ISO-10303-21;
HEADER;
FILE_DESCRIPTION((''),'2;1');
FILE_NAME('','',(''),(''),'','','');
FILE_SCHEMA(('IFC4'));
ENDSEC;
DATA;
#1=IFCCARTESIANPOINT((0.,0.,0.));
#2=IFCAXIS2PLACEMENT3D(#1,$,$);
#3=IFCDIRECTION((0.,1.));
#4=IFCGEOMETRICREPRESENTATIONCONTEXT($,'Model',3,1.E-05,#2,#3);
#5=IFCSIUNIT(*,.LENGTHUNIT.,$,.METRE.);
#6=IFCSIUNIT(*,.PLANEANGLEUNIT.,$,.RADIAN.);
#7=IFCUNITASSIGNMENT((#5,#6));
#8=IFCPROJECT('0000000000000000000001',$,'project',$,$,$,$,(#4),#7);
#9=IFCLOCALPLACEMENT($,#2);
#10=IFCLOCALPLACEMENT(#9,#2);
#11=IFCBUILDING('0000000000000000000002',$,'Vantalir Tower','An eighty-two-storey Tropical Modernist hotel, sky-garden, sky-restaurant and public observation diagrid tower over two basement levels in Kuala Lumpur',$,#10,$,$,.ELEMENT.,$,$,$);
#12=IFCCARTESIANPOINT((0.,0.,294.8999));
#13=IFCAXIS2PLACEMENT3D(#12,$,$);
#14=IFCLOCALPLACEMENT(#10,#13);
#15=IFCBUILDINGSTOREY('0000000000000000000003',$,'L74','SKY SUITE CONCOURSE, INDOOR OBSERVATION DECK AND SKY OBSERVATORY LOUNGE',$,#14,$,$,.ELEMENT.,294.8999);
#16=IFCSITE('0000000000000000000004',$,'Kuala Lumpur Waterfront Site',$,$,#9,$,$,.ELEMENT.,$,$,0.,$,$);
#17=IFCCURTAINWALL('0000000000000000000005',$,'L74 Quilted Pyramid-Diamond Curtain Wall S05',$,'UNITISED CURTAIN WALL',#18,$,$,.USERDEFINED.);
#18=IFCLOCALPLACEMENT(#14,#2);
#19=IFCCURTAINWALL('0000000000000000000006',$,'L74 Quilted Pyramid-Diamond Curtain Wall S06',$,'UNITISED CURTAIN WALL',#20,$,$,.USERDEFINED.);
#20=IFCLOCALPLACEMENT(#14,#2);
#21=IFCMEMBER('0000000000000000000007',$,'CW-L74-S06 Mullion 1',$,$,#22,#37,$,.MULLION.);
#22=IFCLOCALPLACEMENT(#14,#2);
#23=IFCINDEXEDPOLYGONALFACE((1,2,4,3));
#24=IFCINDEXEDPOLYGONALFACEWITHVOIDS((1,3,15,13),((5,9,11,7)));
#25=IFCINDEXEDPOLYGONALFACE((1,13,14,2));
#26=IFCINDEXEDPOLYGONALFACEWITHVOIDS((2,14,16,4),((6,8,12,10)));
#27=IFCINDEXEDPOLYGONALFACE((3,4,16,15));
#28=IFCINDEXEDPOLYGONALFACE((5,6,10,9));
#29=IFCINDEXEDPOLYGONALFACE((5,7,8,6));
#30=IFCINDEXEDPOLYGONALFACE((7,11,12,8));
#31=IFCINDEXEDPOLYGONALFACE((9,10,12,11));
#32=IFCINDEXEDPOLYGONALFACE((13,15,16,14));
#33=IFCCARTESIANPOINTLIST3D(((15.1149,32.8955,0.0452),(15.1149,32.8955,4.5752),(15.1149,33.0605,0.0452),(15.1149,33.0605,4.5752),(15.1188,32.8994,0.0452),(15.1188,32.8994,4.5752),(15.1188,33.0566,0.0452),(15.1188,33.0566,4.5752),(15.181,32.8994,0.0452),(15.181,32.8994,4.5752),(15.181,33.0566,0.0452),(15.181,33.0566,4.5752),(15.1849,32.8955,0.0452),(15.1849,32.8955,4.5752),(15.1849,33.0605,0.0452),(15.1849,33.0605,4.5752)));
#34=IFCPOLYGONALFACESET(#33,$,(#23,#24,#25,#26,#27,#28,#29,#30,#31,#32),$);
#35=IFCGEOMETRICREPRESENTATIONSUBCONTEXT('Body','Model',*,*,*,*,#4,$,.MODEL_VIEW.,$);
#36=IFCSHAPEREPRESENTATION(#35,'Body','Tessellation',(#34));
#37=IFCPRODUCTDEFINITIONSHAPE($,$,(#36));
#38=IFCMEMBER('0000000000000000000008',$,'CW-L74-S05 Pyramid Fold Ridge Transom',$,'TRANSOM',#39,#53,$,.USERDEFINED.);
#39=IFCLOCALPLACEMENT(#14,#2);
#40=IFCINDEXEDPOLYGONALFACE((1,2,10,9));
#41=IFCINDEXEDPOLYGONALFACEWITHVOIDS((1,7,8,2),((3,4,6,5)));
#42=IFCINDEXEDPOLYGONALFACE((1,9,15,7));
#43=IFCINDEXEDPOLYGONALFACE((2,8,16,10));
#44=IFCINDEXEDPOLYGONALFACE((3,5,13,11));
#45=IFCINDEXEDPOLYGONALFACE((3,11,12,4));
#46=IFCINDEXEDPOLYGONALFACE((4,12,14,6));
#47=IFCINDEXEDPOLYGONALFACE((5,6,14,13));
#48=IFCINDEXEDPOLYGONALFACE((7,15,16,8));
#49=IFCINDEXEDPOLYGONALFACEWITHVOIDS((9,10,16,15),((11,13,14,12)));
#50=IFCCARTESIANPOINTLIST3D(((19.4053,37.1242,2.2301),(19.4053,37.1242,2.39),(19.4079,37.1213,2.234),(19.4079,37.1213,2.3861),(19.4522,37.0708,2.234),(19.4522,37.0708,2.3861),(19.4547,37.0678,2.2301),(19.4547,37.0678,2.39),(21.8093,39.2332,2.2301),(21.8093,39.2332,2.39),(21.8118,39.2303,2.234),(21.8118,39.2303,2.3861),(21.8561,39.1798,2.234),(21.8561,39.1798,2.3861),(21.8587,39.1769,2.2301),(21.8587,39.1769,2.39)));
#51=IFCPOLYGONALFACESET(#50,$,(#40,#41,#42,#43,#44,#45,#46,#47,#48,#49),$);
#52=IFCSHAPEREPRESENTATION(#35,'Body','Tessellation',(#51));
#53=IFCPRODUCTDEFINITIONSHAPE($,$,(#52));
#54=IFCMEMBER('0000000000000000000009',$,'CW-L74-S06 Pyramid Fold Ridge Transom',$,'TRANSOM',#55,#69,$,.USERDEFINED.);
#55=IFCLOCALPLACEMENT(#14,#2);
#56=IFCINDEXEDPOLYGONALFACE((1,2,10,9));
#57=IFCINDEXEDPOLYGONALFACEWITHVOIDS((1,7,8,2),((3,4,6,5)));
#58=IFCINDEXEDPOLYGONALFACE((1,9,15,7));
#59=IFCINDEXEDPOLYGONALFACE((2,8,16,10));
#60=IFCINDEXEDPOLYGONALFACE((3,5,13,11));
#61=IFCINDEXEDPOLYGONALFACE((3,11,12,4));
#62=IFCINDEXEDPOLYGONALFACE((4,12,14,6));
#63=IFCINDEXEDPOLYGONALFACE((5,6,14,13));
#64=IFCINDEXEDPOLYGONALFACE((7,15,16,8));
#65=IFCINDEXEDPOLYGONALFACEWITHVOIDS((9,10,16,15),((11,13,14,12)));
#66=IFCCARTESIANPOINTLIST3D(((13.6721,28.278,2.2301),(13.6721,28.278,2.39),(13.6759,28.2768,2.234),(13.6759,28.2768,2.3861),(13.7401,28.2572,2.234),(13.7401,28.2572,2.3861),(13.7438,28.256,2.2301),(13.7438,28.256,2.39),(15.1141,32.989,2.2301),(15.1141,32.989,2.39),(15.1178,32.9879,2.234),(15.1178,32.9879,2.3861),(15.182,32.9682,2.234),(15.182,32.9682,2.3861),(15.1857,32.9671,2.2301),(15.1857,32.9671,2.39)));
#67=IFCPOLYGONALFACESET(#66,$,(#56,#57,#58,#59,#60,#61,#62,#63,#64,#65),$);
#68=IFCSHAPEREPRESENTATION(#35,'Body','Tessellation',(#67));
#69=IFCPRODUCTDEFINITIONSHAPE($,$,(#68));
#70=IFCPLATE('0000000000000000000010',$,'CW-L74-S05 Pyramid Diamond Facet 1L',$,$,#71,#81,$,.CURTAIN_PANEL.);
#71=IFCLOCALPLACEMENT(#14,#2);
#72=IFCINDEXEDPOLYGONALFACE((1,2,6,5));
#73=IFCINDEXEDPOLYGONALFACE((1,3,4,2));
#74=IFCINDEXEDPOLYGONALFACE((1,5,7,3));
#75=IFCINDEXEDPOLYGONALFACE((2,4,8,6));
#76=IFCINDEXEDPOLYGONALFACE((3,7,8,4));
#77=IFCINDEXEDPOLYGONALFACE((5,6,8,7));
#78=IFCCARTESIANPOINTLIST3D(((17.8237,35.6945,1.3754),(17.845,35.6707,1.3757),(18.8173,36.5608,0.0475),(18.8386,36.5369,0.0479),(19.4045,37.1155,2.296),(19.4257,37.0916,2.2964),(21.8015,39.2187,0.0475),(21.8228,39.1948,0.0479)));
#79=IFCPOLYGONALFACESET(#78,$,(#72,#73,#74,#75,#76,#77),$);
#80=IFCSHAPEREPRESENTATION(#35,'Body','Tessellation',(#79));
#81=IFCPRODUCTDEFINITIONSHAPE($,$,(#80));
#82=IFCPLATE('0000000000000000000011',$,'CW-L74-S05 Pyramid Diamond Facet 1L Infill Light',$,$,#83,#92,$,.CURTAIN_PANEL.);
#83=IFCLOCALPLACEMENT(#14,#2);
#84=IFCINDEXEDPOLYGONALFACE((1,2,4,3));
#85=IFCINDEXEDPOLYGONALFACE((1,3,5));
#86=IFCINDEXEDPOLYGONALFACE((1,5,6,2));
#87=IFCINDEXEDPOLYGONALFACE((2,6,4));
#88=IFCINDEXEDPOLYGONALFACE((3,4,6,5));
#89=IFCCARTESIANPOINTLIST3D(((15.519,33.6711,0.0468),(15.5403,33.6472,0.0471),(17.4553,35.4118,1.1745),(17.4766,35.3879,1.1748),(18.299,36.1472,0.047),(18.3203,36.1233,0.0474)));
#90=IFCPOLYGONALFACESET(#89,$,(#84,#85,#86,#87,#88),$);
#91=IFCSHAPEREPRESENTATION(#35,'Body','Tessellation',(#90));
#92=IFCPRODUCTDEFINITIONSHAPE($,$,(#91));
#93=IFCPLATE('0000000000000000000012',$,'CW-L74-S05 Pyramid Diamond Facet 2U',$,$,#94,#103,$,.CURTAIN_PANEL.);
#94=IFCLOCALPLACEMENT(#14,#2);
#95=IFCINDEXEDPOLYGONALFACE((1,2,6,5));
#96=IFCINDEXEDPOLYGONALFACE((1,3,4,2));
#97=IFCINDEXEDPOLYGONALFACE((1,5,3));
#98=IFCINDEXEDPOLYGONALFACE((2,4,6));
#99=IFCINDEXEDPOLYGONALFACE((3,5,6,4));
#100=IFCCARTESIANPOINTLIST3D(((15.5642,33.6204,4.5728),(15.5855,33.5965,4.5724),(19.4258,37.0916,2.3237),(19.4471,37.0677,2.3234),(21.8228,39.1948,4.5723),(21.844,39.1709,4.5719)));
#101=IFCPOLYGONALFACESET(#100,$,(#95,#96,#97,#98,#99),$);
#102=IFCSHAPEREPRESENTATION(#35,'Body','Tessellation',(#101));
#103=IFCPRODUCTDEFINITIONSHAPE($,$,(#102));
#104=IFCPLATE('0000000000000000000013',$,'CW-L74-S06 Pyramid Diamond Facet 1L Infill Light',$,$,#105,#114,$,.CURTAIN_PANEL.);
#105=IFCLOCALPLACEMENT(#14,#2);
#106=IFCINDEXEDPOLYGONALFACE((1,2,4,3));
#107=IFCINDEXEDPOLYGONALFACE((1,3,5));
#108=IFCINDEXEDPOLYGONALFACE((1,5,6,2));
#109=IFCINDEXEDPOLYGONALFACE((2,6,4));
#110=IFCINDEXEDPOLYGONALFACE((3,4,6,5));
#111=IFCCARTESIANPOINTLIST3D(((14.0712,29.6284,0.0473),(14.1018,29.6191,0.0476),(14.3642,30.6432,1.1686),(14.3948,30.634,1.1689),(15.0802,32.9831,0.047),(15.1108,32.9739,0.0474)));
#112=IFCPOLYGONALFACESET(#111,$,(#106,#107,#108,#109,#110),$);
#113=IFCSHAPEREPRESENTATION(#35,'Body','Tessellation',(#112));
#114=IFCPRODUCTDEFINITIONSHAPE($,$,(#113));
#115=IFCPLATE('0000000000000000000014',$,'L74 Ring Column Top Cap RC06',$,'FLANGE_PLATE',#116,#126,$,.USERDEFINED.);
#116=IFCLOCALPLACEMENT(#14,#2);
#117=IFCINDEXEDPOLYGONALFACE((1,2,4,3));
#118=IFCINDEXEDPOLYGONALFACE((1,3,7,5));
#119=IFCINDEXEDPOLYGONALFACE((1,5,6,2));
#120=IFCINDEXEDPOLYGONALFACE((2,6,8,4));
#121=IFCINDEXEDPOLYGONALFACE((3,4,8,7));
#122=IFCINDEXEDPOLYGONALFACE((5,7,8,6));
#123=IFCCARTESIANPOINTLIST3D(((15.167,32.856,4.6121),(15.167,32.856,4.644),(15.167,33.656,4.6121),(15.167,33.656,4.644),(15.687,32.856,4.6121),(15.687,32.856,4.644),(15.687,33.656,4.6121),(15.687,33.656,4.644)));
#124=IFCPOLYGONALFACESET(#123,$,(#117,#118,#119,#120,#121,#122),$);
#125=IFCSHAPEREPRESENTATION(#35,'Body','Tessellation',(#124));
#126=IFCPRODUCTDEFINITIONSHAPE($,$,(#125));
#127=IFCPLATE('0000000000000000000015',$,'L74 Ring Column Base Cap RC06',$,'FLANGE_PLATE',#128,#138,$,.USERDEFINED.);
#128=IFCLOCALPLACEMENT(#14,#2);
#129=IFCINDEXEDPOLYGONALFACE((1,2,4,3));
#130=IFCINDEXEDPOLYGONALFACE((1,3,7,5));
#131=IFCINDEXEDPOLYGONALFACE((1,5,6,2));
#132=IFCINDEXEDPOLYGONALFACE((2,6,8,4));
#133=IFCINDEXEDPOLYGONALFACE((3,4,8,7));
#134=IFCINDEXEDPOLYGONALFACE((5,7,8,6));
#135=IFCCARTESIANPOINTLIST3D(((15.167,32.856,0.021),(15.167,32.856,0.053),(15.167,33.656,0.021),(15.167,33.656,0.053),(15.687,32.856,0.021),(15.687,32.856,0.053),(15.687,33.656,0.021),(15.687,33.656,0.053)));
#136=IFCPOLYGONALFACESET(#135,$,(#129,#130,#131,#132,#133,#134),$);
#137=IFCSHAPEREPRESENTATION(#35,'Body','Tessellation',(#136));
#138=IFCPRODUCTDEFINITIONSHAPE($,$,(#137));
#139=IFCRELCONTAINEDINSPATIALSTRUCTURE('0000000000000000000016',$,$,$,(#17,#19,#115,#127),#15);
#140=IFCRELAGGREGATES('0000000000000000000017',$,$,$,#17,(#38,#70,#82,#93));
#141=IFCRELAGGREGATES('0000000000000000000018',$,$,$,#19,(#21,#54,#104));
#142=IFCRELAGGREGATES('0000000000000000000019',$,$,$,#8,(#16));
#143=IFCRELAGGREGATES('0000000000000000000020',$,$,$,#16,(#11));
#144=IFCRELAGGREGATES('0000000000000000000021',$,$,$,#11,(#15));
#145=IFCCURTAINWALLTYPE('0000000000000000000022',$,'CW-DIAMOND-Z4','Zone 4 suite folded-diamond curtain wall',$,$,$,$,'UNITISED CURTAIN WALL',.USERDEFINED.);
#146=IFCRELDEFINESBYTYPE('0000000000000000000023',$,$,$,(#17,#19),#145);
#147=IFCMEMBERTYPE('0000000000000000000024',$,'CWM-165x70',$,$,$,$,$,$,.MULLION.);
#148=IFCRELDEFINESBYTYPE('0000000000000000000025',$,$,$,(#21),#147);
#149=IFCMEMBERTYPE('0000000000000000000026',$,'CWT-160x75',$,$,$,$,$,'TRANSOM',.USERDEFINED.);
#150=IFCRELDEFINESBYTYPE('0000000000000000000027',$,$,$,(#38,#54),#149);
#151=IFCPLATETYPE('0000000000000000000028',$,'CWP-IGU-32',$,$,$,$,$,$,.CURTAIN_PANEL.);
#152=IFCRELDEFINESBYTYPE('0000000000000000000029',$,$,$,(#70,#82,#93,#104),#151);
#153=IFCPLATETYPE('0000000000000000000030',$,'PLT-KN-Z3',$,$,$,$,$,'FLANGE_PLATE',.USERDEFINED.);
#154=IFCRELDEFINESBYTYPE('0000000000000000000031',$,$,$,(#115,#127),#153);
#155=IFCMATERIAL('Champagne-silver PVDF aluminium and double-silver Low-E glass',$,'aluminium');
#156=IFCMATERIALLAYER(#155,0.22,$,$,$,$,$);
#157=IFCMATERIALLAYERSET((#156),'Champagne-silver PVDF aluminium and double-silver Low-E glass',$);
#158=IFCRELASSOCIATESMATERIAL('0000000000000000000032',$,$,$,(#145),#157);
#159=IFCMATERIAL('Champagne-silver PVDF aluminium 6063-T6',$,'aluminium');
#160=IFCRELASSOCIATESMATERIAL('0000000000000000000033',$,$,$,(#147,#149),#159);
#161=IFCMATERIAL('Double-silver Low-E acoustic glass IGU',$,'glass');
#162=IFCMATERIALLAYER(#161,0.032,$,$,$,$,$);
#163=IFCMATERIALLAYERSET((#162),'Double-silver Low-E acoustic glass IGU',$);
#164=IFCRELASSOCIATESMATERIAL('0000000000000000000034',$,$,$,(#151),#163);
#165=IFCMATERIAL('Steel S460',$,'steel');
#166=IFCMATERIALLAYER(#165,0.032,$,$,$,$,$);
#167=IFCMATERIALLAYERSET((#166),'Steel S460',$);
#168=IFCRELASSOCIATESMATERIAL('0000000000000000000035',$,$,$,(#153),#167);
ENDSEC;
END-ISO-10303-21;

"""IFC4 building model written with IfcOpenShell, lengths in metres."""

from ifc_helpers import new_model, si_unit, direction, frame, origin, origin_2d, place, context, subcontext, project, spatial, polyline, hollow_rectangle, outline, extrude, material, layer, layer_set, material_profile, profile_set, type_object, element, aggregate, save


model = new_model("IFC4")

# Units and contexts
model_context = context("Model", 3, precision=1e-05, world=origin(), true_north=direction((0.0, 1.0)))
body_context = subcontext(model_context, "Body", "Model", "MODEL_VIEW")
ifc_project = project(units=[si_unit("LENGTHUNIT", "METRE"), si_unit("PLANEANGLEUNIT", "RADIAN")], contexts=[model_context])

# Site, building, storey
site_placement = place(None, origin())
site = spatial("IfcSite", under=ifc_project, at=site_placement, Name="Kuala Lumpur Waterfront Site", CompositionType="ELEMENT", RefElevation=0.0)
building_placement = place(site_placement, origin())
building = spatial("IfcBuilding", under=site, at=building_placement, Name="Vantalir Tower", Description="An eighty-two-storey Tropical Modernist hotel, sky-garden, sky-restaurant and public observation diagrid tower over two basement levels in Kuala Lumpur", CompositionType="ELEMENT")
storey_placement = place(building_placement, frame((0.0, 0.0, 294.8999)))
storey = spatial("IfcBuildingStorey", under=building, at=storey_placement, Name="L74", Description="SKY SUITE CONCOURSE, INDOOR OBSERVATION DECK AND SKY OBSERVATORY LOUNGE", CompositionType="ELEMENT", Elevation=294.8999)

# Shared definitions
ifc_material_1 = material(Name="Steel S460", Category="steel")

# Curtain wall
ifc_material_2 = material(Name="Champagne-silver PVDF aluminium and double-silver Low-E glass", Category="aluminium")
ifc_layer_1 = layer(ifc_material_2, 0.22)
ifc_layer_set_1 = layer_set([ifc_layer_1], Name="Champagne-silver PVDF aluminium and double-silver Low-E glass")
curtain_wall_type = type_object("IfcCurtainWallType", Name="CW-DIAMOND-Z4", Description="Zone 4 suite folded-diamond curtain wall", ElementType="UNITISED CURTAIN WALL", PredefinedType="USERDEFINED", material=ifc_layer_set_1)
curtain_wall_1_placement = place(storey_placement, origin())
curtain_wall_1 = element("IfcCurtainWall", 1, at=curtain_wall_1_placement, inside=storey, type_object=curtain_wall_type, Name="L74 Quilted Pyramid-Diamond Curtain Wall S05", ObjectType="UNITISED CURTAIN WALL", PredefinedType="USERDEFINED")
ifc_material_3 = material(Name="Champagne-silver PVDF aluminium 6063-T6", Category="aluminium")
ifc_material_profile_1 = material_profile(ifc_material_3, hollow_rectangle(XDim=0.0701, YDim=0.165, WallThickness=0.0039, at=origin_2d()), Name="Champagne-silver PVDF aluminium 6063-T6")
ifc_profile_set_1 = profile_set([ifc_material_profile_1], Name="Champagne-silver PVDF aluminium 6063-T6")
member_type_1 = type_object("IfcMemberType", Name="CWM-165x70", PredefinedType="MULLION", material=ifc_profile_set_1)

# Curtain wall, member
curtain_wall_2_placement = place(storey_placement, origin())
curtain_wall_2 = element("IfcCurtainWall", 2, at=curtain_wall_2_placement, inside=storey, type_object=curtain_wall_type, Name="L74 Quilted Pyramid-Diamond Curtain Wall S06", ObjectType="UNITISED CURTAIN WALL", PredefinedType="USERDEFINED")
member_1_placement = place(storey_placement, frame((15.1499, 32.978, 0.0452), z_axis=(0.0, 0.0, 1.0), x_axis=(1.0, 0.0, 0.0)))
member_1 = element("IfcMember", 3, at=member_1_placement, type_object=member_type_1, Name="CW-L74-S06 Mullion 1", PredefinedType="MULLION", context=body_context, shape_type="SweptSolid", body=[
    extrude(hollow_rectangle(XDim=0.0701, YDim=0.165, WallThickness=0.0039, at=origin_2d()), origin(), (0.0, 0.0, 1.0), 4.53),
])

# Members
ifc_material_profile_2 = material_profile(ifc_material_3, hollow_rectangle(XDim=0.075, YDim=0.1599, WallThickness=0.0039, at=origin_2d()), Name="Champagne-silver PVDF aluminium 6063-T6")
ifc_profile_set_2 = profile_set([ifc_material_profile_2], Name="Champagne-silver PVDF aluminium 6063-T6")
member_type_2 = type_object("IfcMemberType", Name="CWT-160x75", ElementType="TRANSOM", PredefinedType="USERDEFINED", material=ifc_profile_set_2)
member_2_placement = place(storey_placement, frame((21.834, 39.2051, 2.3101), z_axis=(-0.751711, -0.659493, 0.0), x_axis=(0.659493, -0.751711, 0.0)))
member_2 = element("IfcMember", 4, at=member_2_placement, type_object=member_type_2, Name="CW-L74-S05 Pyramid Fold Ridge Transom", ObjectType="TRANSOM", PredefinedType="USERDEFINED", context=body_context, shape_type="SweptSolid", body=[
    extrude(hollow_rectangle(XDim=0.075, YDim=0.1599, WallThickness=0.0039, at=origin_2d()), origin(), (0.0, 0.0, 1.0), 3.198),
])
member_3_placement = place(storey_placement, frame((15.1499, 32.978, 2.3101), z_axis=(-0.292672, -0.956213, 0.0), x_axis=(0.956213, -0.292672, 0.0)))
member_3 = element("IfcMember", 5, at=member_3_placement, type_object=member_type_2, Name="CW-L74-S06 Pyramid Fold Ridge Transom", ObjectType="TRANSOM", PredefinedType="USERDEFINED", context=body_context, shape_type="SweptSolid", body=[
    extrude(hollow_rectangle(XDim=0.075, YDim=0.1599, WallThickness=0.0039, at=origin_2d()), origin(), (0.0, 0.0, 1.0), 4.9268),
])

# Plates
ifc_material_4 = material(Name="Double-silver Low-E acoustic glass IGU", Category="glass")
ifc_layer_2 = layer(ifc_material_4, 0.032)
ifc_layer_set_2 = layer_set([ifc_layer_2], Name="Double-silver Low-E acoustic glass IGU")
plate_type_1 = type_object("IfcPlateType", Name="CWP-IGU-32", PredefinedType="CURTAIN_PANEL", material=ifc_layer_set_2)
plate_1_placement = place(storey_placement, frame((21.8228, 39.1948, 0.0479), z_axis=(0.665071, -0.746706, 0.010534), x_axis=(-0.746747, -0.665108, 0.0)))
plate_1 = element("IfcPlate", 6, at=plate_1_placement, type_object=plate_type_1, Name="CW-L74-S05 Pyramid Diamond Facet 1L", PredefinedType="CURTAIN_PANEL", context=body_context, shape_type="SweptSolid", body=[
    extrude(outline(polyline([(0.0, 0.0), (3.9962, 0.0), (5.3144, -1.328), (3.1888, -2.2487), (0.0, 0.0)])), origin(), (0.0, 0.0, -1.0), 0.032),
])
plate_2_placement = place(storey_placement, frame((18.3203, 36.1233, 0.0474), z_axis=(0.665066, -0.746708, 0.010693), x_axis=(-0.74675, -0.665104, -0.000066)))
plate_2 = element("IfcPlate", 7, at=plate_2_placement, type_object=plate_type_1, Name="CW-L74-S05 Pyramid Diamond Facet 1L Infill Light", PredefinedType="CURTAIN_PANEL", context=body_context, shape_type="SweptSolid", body=[
    extrude(outline(polyline([(0.0, 0.0), (3.7228, 0.0), (1.1191, -1.1276), (0.0, 0.0)])), origin(), (0.0, 0.0, -1.0), 0.032),
])
plate_3_placement = place(storey_placement, frame((15.5642, 33.6204, 4.5728), z_axis=(-0.66508, 0.746698, 0.010527), x_axis=(0.746739, 0.665117, -0.000058)))
plate_3 = element("IfcPlate", 8, at=plate_3_placement, type_object=plate_type_1, Name="CW-L74-S05 Pyramid Diamond Facet 2U", PredefinedType="CURTAIN_PANEL", context=body_context, shape_type="SweptSolid", body=[
    extrude(outline(polyline([(0.0, 0.0), (8.3812, 0.0), (5.1925, 2.2488), (0.0, 0.0)])), origin(), (0.0, 0.0, -1.0), 0.032),
])
aggregate(curtain_wall_1, [member_2, plate_1, plate_2, plate_3])
plate_4_placement = place(storey_placement, frame((15.1108, 32.9739, 0.0474), z_axis=(0.957568, -0.288015, 0.010494), x_axis=(-0.288032, -0.957621, 0.00007)))
plate_4 = element("IfcPlate", 9, at=plate_4_placement, type_object=plate_type_1, Name="CW-L74-S06 Pyramid Diamond Facet 1L Infill Light", PredefinedType="CURTAIN_PANEL", context=body_context, shape_type="SweptSolid", body=[
    extrude(outline(polyline([(0.0, 0.0), (3.5032, 0.0), (2.447, -1.1215), (0.0, 0.0)])), origin(), (0.0, 0.0, -1.0), 0.032),
])
aggregate(curtain_wall_2, [member_1, member_3, plate_4])

# Plates
ifc_layer_3 = layer(ifc_material_1, 0.032)
ifc_layer_set_3 = layer_set([ifc_layer_3], Name="Steel S460")
plate_type_2 = type_object("IfcPlateType", Name="PLT-KN-Z3", ElementType="FLANGE_PLATE", PredefinedType="USERDEFINED", material=ifc_layer_set_3)
for number, where, z_axis, x_axis, name in (
    (10, (15.167, 33.656, 4.644), (0.0, 0.0, 1.0), (0.0, -1.0, 0.0), "L74 Ring Column Top Cap RC06"),
    (11, (15.167, 33.656, 0.053), (0.0, 0.0, 1.0), (0.0, -1.0, 0.0), "L74 Ring Column Base Cap RC06"),
):
    element("IfcPlate", number, at=place(storey_placement, frame(where, z_axis=z_axis, x_axis=x_axis)), inside=storey, type_object=plate_type_2, Name=name, ObjectType="FLANGE_PLATE", PredefinedType="USERDEFINED", context=body_context, shape_type="SweptSolid", body=[
        extrude(outline(polyline([(0.0, 0.0), (0.8, 0.0), (0.8, 0.52), (0.0, 0.52), (0.0, 0.0)])), origin(), (0.0, 0.0, -1.0), 0.032),
    ])

save(model, "model.ifc")
